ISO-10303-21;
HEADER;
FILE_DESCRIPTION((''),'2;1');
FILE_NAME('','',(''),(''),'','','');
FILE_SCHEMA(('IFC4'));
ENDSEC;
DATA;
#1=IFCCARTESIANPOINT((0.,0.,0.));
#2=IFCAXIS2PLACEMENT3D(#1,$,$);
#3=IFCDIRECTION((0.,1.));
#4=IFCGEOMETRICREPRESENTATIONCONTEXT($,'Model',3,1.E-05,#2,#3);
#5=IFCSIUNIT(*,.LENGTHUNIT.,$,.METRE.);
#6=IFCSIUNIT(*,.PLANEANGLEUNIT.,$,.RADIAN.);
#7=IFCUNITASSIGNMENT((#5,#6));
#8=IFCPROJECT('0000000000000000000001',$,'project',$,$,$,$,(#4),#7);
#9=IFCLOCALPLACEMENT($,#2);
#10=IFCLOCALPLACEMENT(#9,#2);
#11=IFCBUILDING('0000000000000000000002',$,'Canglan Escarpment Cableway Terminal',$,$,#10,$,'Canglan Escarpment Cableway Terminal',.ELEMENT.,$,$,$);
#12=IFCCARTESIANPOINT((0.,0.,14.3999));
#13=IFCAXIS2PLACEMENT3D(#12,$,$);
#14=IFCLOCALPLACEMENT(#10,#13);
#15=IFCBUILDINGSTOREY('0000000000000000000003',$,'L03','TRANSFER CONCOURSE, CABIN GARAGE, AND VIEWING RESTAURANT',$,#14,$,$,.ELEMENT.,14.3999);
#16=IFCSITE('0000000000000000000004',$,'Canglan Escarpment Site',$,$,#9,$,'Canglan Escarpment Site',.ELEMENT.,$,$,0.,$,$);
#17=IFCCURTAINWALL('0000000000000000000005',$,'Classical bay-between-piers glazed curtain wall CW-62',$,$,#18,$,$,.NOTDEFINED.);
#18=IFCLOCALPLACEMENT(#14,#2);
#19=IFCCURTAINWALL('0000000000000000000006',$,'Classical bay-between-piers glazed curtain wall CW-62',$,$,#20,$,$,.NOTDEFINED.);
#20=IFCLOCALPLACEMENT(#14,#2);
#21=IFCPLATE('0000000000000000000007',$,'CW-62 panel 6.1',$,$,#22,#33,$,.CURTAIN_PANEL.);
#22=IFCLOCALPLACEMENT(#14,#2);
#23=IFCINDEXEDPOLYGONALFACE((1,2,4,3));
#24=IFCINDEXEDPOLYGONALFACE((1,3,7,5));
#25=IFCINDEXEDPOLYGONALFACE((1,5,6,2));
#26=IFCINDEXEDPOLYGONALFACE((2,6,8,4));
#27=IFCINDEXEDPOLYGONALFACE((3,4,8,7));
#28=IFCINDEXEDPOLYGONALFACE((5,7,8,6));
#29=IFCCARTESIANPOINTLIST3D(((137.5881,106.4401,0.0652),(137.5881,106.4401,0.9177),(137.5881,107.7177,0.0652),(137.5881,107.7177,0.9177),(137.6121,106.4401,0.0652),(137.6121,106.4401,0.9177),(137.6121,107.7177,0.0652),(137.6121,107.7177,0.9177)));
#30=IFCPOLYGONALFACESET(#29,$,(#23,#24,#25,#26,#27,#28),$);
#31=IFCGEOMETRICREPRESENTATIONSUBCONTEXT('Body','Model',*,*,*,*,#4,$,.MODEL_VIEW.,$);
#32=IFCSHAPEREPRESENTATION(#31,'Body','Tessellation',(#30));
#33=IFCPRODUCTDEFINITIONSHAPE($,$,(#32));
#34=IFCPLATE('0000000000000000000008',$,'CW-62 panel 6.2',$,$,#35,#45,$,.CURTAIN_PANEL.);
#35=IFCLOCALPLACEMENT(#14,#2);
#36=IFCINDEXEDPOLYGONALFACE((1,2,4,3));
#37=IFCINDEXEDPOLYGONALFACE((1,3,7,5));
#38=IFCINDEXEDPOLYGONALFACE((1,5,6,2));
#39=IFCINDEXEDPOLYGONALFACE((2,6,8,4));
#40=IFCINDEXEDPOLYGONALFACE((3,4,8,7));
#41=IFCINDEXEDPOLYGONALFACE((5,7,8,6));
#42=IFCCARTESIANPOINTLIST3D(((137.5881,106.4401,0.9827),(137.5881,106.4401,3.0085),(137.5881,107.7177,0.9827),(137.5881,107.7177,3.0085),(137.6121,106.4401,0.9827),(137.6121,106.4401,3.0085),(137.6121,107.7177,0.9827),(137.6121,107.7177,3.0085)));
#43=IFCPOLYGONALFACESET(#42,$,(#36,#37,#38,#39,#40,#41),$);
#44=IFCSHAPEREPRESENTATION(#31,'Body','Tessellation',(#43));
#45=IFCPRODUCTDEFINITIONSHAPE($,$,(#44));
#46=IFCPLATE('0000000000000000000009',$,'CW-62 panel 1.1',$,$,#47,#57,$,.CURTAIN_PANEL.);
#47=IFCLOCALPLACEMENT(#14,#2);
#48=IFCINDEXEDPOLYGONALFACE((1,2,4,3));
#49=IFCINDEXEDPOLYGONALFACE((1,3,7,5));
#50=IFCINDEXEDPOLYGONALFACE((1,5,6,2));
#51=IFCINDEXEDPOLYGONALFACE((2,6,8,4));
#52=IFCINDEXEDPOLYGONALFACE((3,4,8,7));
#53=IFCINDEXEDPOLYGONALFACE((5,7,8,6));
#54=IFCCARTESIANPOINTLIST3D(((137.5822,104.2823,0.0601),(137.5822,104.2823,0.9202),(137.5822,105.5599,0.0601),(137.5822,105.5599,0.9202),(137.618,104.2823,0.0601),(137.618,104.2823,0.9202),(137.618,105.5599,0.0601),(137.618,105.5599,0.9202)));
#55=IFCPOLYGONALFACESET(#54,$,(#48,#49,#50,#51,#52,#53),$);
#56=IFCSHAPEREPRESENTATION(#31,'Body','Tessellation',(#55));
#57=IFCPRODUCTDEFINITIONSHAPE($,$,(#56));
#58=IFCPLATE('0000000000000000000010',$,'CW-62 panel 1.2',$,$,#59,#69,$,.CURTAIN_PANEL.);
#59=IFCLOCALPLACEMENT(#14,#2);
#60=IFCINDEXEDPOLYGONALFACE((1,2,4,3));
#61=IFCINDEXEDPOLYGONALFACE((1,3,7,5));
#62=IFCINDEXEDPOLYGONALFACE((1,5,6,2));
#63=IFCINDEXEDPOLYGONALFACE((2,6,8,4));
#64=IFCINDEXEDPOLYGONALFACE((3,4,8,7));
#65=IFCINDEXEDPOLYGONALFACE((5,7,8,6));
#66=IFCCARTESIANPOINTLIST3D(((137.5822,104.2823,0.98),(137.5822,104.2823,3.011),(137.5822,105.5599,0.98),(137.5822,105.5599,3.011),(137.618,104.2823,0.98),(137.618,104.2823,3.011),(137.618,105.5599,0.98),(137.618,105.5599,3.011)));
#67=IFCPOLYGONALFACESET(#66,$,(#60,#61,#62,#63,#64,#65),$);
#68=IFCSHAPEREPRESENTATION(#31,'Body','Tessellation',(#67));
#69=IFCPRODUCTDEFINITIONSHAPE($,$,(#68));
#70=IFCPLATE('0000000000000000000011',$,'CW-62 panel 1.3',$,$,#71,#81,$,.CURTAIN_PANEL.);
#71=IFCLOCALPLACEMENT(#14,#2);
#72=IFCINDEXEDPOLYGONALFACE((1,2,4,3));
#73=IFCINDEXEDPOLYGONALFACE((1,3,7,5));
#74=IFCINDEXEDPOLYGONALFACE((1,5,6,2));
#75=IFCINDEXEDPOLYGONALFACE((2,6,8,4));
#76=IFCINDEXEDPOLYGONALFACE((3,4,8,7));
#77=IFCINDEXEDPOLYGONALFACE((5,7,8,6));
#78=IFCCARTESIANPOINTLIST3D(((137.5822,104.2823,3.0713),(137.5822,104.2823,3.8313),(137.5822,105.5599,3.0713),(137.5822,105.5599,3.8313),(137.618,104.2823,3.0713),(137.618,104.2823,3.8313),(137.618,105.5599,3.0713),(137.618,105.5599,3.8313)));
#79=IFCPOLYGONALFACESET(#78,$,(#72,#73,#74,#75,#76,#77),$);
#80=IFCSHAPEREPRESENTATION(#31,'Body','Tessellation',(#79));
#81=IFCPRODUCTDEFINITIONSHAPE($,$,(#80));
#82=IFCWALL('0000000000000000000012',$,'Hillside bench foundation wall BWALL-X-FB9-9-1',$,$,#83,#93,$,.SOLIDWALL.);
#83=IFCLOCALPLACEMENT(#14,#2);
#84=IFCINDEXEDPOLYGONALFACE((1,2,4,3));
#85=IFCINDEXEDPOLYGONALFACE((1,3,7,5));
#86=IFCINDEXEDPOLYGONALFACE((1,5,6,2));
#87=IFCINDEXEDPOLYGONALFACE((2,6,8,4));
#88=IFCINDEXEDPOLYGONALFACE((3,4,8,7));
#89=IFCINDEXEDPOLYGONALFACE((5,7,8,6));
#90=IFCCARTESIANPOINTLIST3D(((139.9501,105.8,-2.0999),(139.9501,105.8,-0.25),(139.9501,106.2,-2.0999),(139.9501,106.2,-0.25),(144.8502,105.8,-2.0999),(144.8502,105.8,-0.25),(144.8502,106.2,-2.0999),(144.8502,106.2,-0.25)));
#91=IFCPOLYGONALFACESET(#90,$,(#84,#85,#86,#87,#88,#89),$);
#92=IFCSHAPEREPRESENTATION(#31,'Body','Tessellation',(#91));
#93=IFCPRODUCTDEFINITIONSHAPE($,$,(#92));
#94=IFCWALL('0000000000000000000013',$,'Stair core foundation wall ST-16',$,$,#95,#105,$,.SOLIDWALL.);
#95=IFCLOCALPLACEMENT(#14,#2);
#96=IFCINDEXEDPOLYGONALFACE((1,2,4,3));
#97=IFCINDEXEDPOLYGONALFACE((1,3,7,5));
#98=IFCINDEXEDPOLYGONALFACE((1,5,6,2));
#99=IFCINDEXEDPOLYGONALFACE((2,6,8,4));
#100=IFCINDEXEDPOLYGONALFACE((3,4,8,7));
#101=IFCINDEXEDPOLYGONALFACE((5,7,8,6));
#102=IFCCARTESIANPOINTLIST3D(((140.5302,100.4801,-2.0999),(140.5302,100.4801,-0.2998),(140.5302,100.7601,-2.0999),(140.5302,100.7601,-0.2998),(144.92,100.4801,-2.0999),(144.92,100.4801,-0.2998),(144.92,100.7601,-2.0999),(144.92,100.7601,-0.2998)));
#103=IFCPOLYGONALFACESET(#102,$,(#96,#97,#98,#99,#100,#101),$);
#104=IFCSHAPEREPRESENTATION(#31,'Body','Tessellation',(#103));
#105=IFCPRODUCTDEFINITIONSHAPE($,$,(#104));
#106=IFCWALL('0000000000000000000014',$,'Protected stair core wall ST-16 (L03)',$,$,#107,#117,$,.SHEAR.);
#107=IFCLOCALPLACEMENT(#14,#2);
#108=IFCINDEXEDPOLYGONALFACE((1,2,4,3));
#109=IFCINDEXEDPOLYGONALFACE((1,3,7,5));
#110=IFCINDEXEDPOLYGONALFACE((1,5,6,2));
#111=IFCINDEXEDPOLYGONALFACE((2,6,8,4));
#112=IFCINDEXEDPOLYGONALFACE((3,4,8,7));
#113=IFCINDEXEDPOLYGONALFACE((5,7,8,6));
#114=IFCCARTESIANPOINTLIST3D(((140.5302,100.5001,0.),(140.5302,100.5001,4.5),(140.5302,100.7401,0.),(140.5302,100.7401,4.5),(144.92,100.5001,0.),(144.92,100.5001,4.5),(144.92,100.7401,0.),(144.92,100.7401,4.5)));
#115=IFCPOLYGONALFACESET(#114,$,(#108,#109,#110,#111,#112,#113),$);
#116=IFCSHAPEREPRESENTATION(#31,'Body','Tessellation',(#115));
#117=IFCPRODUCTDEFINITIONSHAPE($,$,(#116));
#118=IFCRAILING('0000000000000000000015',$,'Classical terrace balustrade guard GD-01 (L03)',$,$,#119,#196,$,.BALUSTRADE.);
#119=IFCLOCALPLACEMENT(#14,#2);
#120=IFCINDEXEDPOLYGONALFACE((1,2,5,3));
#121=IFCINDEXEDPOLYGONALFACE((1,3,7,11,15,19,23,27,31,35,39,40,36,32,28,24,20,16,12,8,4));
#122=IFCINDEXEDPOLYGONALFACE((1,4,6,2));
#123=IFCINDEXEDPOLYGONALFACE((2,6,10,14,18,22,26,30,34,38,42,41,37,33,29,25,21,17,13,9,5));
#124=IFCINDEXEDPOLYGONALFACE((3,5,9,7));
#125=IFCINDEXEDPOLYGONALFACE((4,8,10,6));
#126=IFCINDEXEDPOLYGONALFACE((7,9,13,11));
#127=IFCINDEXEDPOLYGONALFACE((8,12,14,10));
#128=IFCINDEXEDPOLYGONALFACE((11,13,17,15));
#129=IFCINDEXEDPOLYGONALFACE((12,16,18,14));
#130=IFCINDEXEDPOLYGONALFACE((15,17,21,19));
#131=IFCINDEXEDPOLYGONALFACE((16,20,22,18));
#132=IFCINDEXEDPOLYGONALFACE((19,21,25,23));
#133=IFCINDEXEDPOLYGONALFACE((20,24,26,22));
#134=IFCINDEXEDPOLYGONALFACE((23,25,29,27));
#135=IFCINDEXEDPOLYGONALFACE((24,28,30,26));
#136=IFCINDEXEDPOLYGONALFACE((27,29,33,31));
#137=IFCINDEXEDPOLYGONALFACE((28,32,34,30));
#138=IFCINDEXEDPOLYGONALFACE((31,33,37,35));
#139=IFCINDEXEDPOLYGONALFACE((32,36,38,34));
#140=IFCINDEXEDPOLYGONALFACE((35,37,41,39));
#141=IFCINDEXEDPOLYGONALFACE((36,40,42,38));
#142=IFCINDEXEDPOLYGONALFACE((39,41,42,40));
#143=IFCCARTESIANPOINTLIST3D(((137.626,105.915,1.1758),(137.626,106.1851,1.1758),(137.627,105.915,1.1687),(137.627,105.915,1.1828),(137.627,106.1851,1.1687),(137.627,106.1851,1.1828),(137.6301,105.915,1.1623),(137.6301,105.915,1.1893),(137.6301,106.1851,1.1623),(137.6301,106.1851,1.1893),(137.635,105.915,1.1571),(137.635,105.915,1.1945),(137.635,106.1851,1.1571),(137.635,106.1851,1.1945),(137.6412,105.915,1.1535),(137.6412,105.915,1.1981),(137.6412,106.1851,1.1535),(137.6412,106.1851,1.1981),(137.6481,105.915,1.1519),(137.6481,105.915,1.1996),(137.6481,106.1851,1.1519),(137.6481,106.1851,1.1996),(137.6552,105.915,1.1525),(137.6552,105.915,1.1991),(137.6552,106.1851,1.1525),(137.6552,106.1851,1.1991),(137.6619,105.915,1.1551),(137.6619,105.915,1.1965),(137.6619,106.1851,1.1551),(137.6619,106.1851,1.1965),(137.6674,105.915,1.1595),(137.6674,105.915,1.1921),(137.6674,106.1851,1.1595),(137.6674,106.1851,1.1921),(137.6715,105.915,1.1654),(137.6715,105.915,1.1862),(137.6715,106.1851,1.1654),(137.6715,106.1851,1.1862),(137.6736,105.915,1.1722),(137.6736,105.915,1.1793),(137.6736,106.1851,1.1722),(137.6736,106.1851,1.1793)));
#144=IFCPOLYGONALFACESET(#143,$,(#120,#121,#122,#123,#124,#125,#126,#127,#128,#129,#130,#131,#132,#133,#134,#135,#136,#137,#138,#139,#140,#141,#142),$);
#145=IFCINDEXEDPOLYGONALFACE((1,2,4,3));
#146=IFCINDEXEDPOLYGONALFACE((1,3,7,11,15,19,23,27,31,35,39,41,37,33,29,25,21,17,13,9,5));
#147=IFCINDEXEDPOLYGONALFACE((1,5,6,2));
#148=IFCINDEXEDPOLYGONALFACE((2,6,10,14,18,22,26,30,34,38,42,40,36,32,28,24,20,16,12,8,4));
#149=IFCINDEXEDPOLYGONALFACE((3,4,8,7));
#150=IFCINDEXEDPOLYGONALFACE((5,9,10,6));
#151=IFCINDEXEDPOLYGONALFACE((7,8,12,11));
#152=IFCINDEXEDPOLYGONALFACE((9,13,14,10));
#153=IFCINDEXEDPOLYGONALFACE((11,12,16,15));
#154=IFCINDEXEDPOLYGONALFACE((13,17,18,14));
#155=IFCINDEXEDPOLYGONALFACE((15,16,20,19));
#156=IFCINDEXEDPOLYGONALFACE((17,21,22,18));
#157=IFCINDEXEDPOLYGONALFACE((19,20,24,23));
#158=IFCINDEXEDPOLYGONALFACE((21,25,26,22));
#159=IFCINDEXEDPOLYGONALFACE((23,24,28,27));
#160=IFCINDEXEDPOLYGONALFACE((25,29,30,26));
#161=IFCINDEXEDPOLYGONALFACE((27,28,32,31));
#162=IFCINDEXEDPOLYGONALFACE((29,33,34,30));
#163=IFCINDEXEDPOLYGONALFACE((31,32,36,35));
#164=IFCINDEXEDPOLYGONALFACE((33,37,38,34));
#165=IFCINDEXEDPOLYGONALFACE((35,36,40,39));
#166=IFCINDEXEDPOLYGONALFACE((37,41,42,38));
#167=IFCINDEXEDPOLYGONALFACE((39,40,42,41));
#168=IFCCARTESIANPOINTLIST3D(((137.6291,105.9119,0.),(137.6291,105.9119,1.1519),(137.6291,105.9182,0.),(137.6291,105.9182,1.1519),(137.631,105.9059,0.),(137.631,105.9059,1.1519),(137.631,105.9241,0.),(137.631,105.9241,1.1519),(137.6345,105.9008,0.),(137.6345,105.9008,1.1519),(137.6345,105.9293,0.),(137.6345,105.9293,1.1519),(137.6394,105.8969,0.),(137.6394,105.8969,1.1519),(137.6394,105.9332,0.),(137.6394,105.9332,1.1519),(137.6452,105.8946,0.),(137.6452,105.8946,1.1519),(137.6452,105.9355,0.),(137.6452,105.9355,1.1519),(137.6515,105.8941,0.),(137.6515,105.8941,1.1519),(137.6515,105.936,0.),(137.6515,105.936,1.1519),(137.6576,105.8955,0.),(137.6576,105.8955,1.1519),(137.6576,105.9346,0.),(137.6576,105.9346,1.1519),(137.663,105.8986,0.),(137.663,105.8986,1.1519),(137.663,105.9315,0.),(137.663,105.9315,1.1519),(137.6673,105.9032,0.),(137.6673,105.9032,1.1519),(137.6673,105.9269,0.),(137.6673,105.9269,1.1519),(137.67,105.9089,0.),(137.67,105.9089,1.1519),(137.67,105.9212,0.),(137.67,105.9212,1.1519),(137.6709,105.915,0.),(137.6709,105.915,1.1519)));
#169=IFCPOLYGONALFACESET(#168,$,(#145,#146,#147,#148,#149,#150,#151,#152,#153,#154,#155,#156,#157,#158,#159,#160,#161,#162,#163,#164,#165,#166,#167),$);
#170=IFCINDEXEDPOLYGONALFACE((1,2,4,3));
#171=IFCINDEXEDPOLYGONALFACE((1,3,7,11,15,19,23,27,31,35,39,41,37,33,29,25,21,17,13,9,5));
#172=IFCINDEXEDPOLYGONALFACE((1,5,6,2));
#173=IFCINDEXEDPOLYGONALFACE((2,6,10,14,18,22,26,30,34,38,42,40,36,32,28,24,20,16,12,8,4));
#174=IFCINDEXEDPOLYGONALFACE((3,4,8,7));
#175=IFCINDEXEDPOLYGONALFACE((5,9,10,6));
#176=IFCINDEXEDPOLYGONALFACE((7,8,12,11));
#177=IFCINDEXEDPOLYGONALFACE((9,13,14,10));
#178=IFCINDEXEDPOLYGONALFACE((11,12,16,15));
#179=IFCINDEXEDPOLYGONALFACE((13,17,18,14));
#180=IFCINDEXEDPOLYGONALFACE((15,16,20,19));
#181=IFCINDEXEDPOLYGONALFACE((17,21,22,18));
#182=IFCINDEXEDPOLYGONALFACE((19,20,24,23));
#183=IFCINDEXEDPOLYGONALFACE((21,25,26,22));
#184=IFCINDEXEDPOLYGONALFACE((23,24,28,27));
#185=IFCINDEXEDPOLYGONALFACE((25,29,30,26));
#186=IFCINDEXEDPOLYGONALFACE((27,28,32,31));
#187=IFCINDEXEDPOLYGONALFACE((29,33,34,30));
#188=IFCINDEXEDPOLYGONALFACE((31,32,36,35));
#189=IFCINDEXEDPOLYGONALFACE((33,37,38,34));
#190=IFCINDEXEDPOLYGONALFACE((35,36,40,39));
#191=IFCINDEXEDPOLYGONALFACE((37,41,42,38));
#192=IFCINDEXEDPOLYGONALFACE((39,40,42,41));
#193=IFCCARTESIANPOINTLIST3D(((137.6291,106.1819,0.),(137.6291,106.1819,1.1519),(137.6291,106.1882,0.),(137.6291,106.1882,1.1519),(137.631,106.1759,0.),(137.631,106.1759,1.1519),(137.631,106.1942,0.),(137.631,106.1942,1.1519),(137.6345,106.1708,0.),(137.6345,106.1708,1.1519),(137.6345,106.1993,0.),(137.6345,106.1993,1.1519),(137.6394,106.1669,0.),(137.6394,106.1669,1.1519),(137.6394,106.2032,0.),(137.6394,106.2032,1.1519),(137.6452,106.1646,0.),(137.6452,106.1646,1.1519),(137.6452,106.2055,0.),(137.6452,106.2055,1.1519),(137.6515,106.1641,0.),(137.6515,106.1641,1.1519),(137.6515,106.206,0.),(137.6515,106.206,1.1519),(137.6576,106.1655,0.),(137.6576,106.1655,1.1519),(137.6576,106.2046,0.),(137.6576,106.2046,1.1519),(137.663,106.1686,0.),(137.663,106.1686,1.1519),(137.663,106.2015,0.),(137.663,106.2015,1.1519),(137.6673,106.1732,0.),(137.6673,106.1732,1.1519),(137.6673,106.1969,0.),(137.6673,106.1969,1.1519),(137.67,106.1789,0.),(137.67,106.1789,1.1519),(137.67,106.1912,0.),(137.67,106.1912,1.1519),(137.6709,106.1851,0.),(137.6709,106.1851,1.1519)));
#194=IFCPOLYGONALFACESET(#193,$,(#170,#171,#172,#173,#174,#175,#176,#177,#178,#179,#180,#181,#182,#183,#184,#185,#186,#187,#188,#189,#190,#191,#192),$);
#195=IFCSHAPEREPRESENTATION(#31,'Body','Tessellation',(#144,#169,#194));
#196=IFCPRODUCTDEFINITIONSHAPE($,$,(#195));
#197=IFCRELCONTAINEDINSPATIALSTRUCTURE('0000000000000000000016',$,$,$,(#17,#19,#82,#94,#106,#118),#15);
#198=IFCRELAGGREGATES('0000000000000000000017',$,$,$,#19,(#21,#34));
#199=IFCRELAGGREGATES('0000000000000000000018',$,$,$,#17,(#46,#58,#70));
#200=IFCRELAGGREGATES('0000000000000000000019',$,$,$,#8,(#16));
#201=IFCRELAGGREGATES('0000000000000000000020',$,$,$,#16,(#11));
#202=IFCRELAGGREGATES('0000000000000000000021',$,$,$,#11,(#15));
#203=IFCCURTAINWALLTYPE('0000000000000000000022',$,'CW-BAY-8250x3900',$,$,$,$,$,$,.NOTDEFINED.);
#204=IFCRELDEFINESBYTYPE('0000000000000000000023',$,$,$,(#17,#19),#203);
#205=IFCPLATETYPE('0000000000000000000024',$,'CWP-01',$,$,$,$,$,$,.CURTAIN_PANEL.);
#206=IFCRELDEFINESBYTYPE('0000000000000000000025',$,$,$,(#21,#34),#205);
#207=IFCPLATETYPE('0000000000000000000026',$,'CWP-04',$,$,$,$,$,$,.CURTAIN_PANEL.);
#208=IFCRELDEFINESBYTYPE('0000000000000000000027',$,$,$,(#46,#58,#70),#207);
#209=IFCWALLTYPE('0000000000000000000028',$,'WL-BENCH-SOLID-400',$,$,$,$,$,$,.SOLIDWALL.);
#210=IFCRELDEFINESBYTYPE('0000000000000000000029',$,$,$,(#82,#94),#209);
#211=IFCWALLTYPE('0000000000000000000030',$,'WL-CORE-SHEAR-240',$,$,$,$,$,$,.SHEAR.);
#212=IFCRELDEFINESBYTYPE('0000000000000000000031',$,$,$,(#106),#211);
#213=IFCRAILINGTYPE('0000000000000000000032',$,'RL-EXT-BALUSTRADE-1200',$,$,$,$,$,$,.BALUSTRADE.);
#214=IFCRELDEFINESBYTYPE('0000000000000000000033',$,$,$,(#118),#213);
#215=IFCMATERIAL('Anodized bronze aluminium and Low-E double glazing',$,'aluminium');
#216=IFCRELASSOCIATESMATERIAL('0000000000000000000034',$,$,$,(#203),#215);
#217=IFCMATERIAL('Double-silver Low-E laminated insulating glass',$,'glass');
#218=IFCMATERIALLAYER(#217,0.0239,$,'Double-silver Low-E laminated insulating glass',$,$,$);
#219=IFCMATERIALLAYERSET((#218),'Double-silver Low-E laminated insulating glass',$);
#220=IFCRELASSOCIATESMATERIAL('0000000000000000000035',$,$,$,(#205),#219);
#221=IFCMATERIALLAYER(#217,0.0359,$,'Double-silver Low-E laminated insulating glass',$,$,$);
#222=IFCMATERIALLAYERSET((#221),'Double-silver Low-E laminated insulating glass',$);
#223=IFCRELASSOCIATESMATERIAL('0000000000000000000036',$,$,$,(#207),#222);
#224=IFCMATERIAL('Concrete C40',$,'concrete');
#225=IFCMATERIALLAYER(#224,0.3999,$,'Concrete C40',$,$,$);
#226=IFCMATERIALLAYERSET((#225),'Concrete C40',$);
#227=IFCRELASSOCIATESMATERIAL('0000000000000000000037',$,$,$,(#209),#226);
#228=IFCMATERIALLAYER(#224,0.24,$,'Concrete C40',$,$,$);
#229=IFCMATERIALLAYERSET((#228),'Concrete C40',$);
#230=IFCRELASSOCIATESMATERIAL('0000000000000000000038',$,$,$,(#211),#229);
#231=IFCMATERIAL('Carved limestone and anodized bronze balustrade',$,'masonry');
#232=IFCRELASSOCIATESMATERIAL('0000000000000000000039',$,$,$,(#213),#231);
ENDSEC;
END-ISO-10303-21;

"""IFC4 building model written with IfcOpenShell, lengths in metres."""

from ifc_helpers import new_model, si_unit, direction, frame, frame_2d, origin, origin_2d, place, context, subcontext, project, spatial, rectangle, circle, extrude, material, layer, layer_set, type_object, element, aggregate, save


model = new_model("IFC4")

# Units and contexts
model_context = context("Model", 3, precision=1e-05, world=origin(), true_north=direction((0.0, 1.0)))
body_context = subcontext(model_context, "Body", "Model", "MODEL_VIEW")
ifc_project = project(units=[si_unit("LENGTHUNIT", "METRE"), si_unit("PLANEANGLEUNIT", "RADIAN")], contexts=[model_context])

# Site, building, storey
site_placement = place(None, origin())
site = spatial("IfcSite", under=ifc_project, at=site_placement, Name="Canglan Escarpment Site", LongName="Canglan Escarpment Site", CompositionType="ELEMENT", RefElevation=0.0)
building_placement = place(site_placement, origin())
building = spatial("IfcBuilding", under=site, at=building_placement, Name="Canglan Escarpment Cableway Terminal", LongName="Canglan Escarpment Cableway Terminal", CompositionType="ELEMENT")
storey_placement = place(building_placement, frame((0.0, 0.0, 14.3999)))
storey = spatial("IfcBuildingStorey", under=building, at=storey_placement, Name="L03", Description="TRANSFER CONCOURSE, CABIN GARAGE, AND VIEWING RESTAURANT", CompositionType="ELEMENT", Elevation=14.3999)

# Shared definitions
ifc_material_1 = material(Name="Concrete C40", Category="concrete")

# Curtain wall
ifc_material_2 = material(Name="Anodized bronze aluminium and Low-E double glazing", Category="aluminium")
curtain_wall_type = type_object("IfcCurtainWallType", Name="CW-BAY-8250x3900", PredefinedType="NOTDEFINED", material=ifc_material_2)
curtain_wall_1_placement = place(storey_placement, origin())
curtain_wall_1 = element("IfcCurtainWall", 1, at=curtain_wall_1_placement, inside=storey, type_object=curtain_wall_type, Name="Classical bay-between-piers glazed curtain wall CW-62", PredefinedType="NOTDEFINED")

# Curtain wall
curtain_wall_2_placement = place(storey_placement, origin())
curtain_wall_2 = element("IfcCurtainWall", 2, at=curtain_wall_2_placement, inside=storey, type_object=curtain_wall_type, Name="Classical bay-between-piers glazed curtain wall CW-62", PredefinedType="NOTDEFINED")

# Plates
ifc_material_3 = material(Name="Double-silver Low-E laminated insulating glass", Category="glass")
ifc_layer_1 = layer(ifc_material_3, 0.0239, Name="Double-silver Low-E laminated insulating glass")
ifc_layer_set_1 = layer_set([ifc_layer_1], Name="Double-silver Low-E laminated insulating glass")
plate_type_1 = type_object("IfcPlateType", Name="CWP-01", PredefinedType="CURTAIN_PANEL", material=ifc_layer_set_1)
plate_1_placement = place(storey_placement, frame((137.6001, 107.0789, 0.0652), z_axis=(0.0, 0.0, 1.0), x_axis=(0.0, -1.0, 0.0)))
plate_1 = element("IfcPlate", 3, at=plate_1_placement, type_object=plate_type_1, Name="CW-62 panel 6.1", PredefinedType="CURTAIN_PANEL", context=body_context, shape_type="SweptSolid", body=[
    extrude(rectangle(XDim=1.2776, YDim=0.0239, at=origin_2d()), origin(), (0.0, 0.0, 1.0), 0.8525),
])
plate_2_placement = place(storey_placement, frame((137.6001, 107.0789, 0.9827), z_axis=(0.0, 0.0, 1.0), x_axis=(0.0, -1.0, 0.0)))
plate_2 = element("IfcPlate", 4, at=plate_2_placement, type_object=plate_type_1, Name="CW-62 panel 6.2", PredefinedType="CURTAIN_PANEL", context=body_context, shape_type="SweptSolid", body=[
    extrude(rectangle(XDim=1.2776, YDim=0.0239, at=origin_2d()), origin(), (0.0, 0.0, 1.0), 2.0259),
])
aggregate(curtain_wall_2, [plate_1, plate_2])
ifc_layer_2 = layer(ifc_material_3, 0.0359, Name="Double-silver Low-E laminated insulating glass")
ifc_layer_set_2 = layer_set([ifc_layer_2], Name="Double-silver Low-E laminated insulating glass")
plate_type_2 = type_object("IfcPlateType", Name="CWP-04", PredefinedType="CURTAIN_PANEL", material=ifc_layer_set_2)
plate_3_placement = place(storey_placement, frame((137.6001, 104.9211, 0.0601), z_axis=(0.0, 0.0, 1.0), x_axis=(0.0, -1.0, 0.0)))
plate_3 = element("IfcPlate", 5, at=plate_3_placement, type_object=plate_type_2, Name="CW-62 panel 1.1", PredefinedType="CURTAIN_PANEL", context=body_context, shape_type="SweptSolid", body=[
    extrude(rectangle(XDim=1.2776, YDim=0.0359, at=origin_2d()), origin(), (0.0, 0.0, 1.0), 0.8601),
])
plate_4_placement = place(storey_placement, frame((137.6001, 104.9211, 0.98), z_axis=(0.0, 0.0, 1.0), x_axis=(0.0, -1.0, 0.0)))
plate_4 = element("IfcPlate", 6, at=plate_4_placement, type_object=plate_type_2, Name="CW-62 panel 1.2", PredefinedType="CURTAIN_PANEL", context=body_context, shape_type="SweptSolid", body=[
    extrude(rectangle(XDim=1.2776, YDim=0.0359, at=origin_2d()), origin(), (0.0, 0.0, 1.0), 2.031),
])
plate_5_placement = place(storey_placement, frame((137.6001, 104.9211, 3.0713), z_axis=(0.0, 0.0, 1.0), x_axis=(0.0, -1.0, 0.0)))
plate_5 = element("IfcPlate", 7, at=plate_5_placement, type_object=plate_type_2, Name="CW-62 panel 1.3", PredefinedType="CURTAIN_PANEL", context=body_context, shape_type="SweptSolid", body=[
    extrude(rectangle(XDim=1.2776, YDim=0.0359, at=origin_2d()), origin(), (0.0, 0.0, 1.0), 0.76),
])
aggregate(curtain_wall_1, [plate_3, plate_4, plate_5])

# Walls
ifc_layer_3 = layer(ifc_material_1, 0.3999, Name="Concrete C40")
ifc_layer_set_3 = layer_set([ifc_layer_3], Name="Concrete C40")
wall_type_1 = type_object("IfcWallType", Name="WL-BENCH-SOLID-400", PredefinedType="SOLIDWALL", material=ifc_layer_set_3)
wall_1_placement = place(storey_placement, frame((139.95, 106.0, -2.0999), z_axis=(0.0, 0.0, 1.0), x_axis=(1.0, 0.0, 0.0)))
element("IfcWall", 8, at=wall_1_placement, inside=storey, type_object=wall_type_1, Name="Hillside bench foundation wall BWALL-X-FB9-9-1", PredefinedType="SOLIDWALL", context=body_context, shape_type="SweptSolid", body=[
    extrude(rectangle(XDim=4.9001, YDim=0.3999, at=frame_2d((2.4502, 0.0))), origin(), (0.0, 0.0, 1.0), 1.8499),
])
wall_2_placement = place(storey_placement, frame((144.9199, 100.6201, -2.0999), z_axis=(0.0, 0.0, 1.0), x_axis=(-1.0, 0.0, 0.0)))
element("IfcWall", 9, at=wall_2_placement, inside=storey, type_object=wall_type_1, Name="Stair core foundation wall ST-16", PredefinedType="SOLIDWALL", context=body_context, shape_type="SweptSolid", body=[
    extrude(rectangle(XDim=4.3899, YDim=0.28, at=frame_2d((2.1948, 0.0))), origin(), (0.0, 0.0, 1.0), 1.8),
])
ifc_layer_4 = layer(ifc_material_1, 0.24, Name="Concrete C40")
ifc_layer_set_4 = layer_set([ifc_layer_4], Name="Concrete C40")
wall_type_2 = type_object("IfcWallType", Name="WL-CORE-SHEAR-240", PredefinedType="SHEAR", material=ifc_layer_set_4)
wall_3_placement = place(storey_placement, frame((144.9199, 100.6201, 0.0), z_axis=(0.0, 0.0, 1.0), x_axis=(-1.0, 0.0, 0.0)))
element("IfcWall", 10, at=wall_3_placement, inside=storey, type_object=wall_type_2, Name="Protected stair core wall ST-16 (L03)", PredefinedType="SHEAR", context=body_context, shape_type="SweptSolid", body=[
    extrude(rectangle(XDim=4.3899, YDim=0.24, at=frame_2d((2.1948, 0.0))), origin(), (0.0, 0.0, 1.0), 4.5),
])

# Railing
ifc_material_4 = material(Name="Carved limestone and anodized bronze balustrade", Category="masonry")
railing_type = type_object("IfcRailingType", Name="RL-EXT-BALUSTRADE-1200", PredefinedType="BALUSTRADE", material=ifc_material_4)
railing_placement = place(storey_placement, frame((137.6499, 105.915, 0.0)))
element("IfcRailing", 11, at=railing_placement, inside=storey, type_object=railing_type, Name="Classical terrace balustrade guard GD-01 (L03)", PredefinedType="BALUSTRADE", context=body_context, shape_type="SweptSolid", body=[
    extrude(circle(Radius=0.0239, at=origin_2d()), frame((0.0, 0.0, 1.1758), z_axis=(0.0, 1.0, 0.0), x_axis=(-1.0, 0.0, 0.0)), (0.0, 0.0, 1.0), 0.27),
    extrude(circle(Radius=0.021, at=origin_2d()), origin(), (0.0, 0.0, 1.0), 1.1519),
    extrude(circle(Radius=0.021, at=origin_2d()), frame((0.0, 0.27, 0.0)), (0.0, 0.0, 1.0), 1.1519),
])

save(model, "model.ifc")
